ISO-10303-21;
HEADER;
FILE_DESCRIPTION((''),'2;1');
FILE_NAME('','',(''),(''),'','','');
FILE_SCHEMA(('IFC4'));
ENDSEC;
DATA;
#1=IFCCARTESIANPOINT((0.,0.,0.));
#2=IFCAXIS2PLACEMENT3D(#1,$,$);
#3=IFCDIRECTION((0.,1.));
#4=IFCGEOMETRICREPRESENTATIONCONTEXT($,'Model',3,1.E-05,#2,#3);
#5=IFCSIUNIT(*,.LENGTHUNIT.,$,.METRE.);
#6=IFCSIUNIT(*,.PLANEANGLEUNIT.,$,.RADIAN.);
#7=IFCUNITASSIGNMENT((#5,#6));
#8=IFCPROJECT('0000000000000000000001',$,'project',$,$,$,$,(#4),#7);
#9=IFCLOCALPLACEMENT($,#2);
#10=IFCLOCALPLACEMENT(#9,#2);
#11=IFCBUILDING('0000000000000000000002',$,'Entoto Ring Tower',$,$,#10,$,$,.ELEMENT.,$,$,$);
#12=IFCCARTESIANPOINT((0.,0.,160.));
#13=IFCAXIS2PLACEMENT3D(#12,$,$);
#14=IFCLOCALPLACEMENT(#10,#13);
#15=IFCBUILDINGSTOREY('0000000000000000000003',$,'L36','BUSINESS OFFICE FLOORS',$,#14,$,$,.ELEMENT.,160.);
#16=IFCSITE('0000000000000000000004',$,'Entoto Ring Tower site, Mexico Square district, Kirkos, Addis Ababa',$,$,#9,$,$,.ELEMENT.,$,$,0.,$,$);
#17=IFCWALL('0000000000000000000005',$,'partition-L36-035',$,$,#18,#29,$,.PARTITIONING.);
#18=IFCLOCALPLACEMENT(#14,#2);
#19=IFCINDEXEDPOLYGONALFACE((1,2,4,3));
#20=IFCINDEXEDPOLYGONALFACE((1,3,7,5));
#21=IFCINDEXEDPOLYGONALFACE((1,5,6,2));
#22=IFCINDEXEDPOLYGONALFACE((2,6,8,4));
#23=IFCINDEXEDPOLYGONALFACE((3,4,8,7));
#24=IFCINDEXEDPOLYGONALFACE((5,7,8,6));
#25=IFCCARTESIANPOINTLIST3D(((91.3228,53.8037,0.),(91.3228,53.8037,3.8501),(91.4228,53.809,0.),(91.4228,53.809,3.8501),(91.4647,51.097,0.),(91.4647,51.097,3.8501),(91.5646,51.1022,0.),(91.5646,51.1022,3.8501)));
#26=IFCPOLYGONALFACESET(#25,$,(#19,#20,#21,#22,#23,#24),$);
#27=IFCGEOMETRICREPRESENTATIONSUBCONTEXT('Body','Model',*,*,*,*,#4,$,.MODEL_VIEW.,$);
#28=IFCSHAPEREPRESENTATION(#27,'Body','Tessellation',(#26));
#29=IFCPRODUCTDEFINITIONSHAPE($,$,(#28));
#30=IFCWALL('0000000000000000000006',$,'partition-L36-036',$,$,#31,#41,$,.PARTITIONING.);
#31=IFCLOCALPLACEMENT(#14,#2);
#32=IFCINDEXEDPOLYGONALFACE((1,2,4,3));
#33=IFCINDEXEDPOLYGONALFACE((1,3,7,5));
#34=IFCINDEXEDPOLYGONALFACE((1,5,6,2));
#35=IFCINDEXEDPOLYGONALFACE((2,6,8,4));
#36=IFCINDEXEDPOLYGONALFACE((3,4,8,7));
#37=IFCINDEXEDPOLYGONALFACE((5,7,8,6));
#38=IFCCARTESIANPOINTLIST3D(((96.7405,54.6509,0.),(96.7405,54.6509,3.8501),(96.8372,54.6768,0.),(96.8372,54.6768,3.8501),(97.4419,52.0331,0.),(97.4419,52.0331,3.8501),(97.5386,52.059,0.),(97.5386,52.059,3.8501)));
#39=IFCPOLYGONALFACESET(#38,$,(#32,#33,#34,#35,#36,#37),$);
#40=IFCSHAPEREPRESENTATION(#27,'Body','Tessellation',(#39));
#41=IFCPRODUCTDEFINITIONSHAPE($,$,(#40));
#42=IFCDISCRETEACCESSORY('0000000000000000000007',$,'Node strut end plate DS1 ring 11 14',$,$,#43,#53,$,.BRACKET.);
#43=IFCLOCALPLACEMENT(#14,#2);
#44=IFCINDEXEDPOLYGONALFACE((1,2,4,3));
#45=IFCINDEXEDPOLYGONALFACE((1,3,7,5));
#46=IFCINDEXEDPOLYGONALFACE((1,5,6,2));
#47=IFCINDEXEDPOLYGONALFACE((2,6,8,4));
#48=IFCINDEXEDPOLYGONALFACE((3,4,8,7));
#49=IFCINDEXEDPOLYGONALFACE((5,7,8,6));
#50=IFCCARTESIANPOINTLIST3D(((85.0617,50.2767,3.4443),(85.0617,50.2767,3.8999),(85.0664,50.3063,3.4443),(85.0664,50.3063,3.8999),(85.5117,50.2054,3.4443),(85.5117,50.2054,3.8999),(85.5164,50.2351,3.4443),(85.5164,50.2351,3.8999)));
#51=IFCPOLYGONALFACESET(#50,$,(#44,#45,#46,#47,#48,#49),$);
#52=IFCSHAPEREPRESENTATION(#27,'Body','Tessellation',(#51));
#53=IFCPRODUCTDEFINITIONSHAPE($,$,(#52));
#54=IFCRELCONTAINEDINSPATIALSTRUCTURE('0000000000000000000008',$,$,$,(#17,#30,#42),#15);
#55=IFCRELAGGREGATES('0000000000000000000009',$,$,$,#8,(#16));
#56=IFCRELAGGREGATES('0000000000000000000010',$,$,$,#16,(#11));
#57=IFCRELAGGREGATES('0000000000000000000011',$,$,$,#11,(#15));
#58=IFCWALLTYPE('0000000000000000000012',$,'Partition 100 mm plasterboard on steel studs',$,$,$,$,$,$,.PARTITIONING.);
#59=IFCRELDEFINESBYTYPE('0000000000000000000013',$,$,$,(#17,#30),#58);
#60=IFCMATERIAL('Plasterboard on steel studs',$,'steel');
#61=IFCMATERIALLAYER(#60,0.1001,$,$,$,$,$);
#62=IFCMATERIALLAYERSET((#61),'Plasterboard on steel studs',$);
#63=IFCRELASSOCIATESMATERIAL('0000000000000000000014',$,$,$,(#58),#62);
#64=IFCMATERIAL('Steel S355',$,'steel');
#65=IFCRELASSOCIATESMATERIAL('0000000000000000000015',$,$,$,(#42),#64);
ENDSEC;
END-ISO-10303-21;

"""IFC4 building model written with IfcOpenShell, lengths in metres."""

from ifc_helpers import new_model, si_unit, direction, frame, frame_2d, origin, origin_2d, place, context, subcontext, project, spatial, rectangle, extrude, material, layer, layer_set, type_object, element, save


model = new_model("IFC4")

# Units and contexts
model_context = context("Model", 3, precision=1e-05, world=origin(), true_north=direction((0.0, 1.0)))
body_context = subcontext(model_context, "Body", "Model", "MODEL_VIEW")
ifc_project = project(units=[si_unit("LENGTHUNIT", "METRE"), si_unit("PLANEANGLEUNIT", "RADIAN")], contexts=[model_context])

# Site, building, storey
site_placement = place(None, origin())
site = spatial("IfcSite", under=ifc_project, at=site_placement, Name="Entoto Ring Tower site, Mexico Square district, Kirkos, Addis Ababa", CompositionType="ELEMENT", RefElevation=0.0)
building_placement = place(site_placement, origin())
building = spatial("IfcBuilding", under=site, at=building_placement, Name="Entoto Ring Tower", CompositionType="ELEMENT")
storey_placement = place(building_placement, frame((0.0, 0.0, 160.0)))
storey = spatial("IfcBuildingStorey", under=building, at=storey_placement, Name="L36", Description="BUSINESS OFFICE FLOORS", CompositionType="ELEMENT", Elevation=160.0)

# Shared definitions
ifc_material_1 = material(Name="Plasterboard on steel studs", Category="steel")
ifc_layer_1 = layer(ifc_material_1, 0.1001)
ifc_layer_set_1 = layer_set([ifc_layer_1], Name="Plasterboard on steel studs")
wall_type_1 = type_object("IfcWallType", Name="Partition 100 mm plasterboard on steel studs", PredefinedType="PARTITIONING", material=ifc_layer_set_1)

# Walls
wall_1_placement = place(storey_placement, frame((91.5146, 51.0996, 0.0), z_axis=(0.0, 0.0, 1.0), x_axis=(-0.052332, 0.99863, 0.0)))
element("IfcWall", 1, at=wall_1_placement, inside=storey, type_object=wall_type_1, Name="partition-L36-035", PredefinedType="PARTITIONING", context=body_context, shape_type="SweptSolid", body=[
    extrude(rectangle(XDim=2.7104, YDim=0.1001, at=frame_2d((1.3552, 0.0))), origin(), (0.0, 0.0, 1.0), 3.8501),
])
wall_2_placement = place(storey_placement, frame((97.4902, 52.0461, 0.0), z_axis=(0.0, 0.0, 1.0), x_axis=(-0.258801, 0.965931, 0.0)))
element("IfcWall", 2, at=wall_2_placement, inside=storey, type_object=wall_type_1, Name="partition-L36-036", PredefinedType="PARTITIONING", context=body_context, shape_type="SweptSolid", body=[
    extrude(rectangle(XDim=2.7102, YDim=0.1001, at=frame_2d((1.355, 0.0))), origin(), (0.0, 0.0, 1.0), 3.8501),
])

# Discrete accessory
ifc_material_2 = material(Name="Steel S355", Category="steel")
discrete_accessory_placement = place(storey_placement, frame((85.2891, 50.2559, 3.4443), z_axis=(0.0, 0.0, 1.0), x_axis=(-0.156434, -0.987688, 0.0)))
element("IfcDiscreteAccessory", 3, at=discrete_accessory_placement, inside=storey, material=ifc_material_2, Name="Node strut end plate DS1 ring 11 14", PredefinedType="BRACKET", context=body_context, shape_type="SweptSolid", body=[
    extrude(rectangle(XDim=0.03, YDim=0.4556, at=origin_2d()), origin(), (0.0, 0.0, 1.0), 0.4556),
])

save(model, "model.ifc")
